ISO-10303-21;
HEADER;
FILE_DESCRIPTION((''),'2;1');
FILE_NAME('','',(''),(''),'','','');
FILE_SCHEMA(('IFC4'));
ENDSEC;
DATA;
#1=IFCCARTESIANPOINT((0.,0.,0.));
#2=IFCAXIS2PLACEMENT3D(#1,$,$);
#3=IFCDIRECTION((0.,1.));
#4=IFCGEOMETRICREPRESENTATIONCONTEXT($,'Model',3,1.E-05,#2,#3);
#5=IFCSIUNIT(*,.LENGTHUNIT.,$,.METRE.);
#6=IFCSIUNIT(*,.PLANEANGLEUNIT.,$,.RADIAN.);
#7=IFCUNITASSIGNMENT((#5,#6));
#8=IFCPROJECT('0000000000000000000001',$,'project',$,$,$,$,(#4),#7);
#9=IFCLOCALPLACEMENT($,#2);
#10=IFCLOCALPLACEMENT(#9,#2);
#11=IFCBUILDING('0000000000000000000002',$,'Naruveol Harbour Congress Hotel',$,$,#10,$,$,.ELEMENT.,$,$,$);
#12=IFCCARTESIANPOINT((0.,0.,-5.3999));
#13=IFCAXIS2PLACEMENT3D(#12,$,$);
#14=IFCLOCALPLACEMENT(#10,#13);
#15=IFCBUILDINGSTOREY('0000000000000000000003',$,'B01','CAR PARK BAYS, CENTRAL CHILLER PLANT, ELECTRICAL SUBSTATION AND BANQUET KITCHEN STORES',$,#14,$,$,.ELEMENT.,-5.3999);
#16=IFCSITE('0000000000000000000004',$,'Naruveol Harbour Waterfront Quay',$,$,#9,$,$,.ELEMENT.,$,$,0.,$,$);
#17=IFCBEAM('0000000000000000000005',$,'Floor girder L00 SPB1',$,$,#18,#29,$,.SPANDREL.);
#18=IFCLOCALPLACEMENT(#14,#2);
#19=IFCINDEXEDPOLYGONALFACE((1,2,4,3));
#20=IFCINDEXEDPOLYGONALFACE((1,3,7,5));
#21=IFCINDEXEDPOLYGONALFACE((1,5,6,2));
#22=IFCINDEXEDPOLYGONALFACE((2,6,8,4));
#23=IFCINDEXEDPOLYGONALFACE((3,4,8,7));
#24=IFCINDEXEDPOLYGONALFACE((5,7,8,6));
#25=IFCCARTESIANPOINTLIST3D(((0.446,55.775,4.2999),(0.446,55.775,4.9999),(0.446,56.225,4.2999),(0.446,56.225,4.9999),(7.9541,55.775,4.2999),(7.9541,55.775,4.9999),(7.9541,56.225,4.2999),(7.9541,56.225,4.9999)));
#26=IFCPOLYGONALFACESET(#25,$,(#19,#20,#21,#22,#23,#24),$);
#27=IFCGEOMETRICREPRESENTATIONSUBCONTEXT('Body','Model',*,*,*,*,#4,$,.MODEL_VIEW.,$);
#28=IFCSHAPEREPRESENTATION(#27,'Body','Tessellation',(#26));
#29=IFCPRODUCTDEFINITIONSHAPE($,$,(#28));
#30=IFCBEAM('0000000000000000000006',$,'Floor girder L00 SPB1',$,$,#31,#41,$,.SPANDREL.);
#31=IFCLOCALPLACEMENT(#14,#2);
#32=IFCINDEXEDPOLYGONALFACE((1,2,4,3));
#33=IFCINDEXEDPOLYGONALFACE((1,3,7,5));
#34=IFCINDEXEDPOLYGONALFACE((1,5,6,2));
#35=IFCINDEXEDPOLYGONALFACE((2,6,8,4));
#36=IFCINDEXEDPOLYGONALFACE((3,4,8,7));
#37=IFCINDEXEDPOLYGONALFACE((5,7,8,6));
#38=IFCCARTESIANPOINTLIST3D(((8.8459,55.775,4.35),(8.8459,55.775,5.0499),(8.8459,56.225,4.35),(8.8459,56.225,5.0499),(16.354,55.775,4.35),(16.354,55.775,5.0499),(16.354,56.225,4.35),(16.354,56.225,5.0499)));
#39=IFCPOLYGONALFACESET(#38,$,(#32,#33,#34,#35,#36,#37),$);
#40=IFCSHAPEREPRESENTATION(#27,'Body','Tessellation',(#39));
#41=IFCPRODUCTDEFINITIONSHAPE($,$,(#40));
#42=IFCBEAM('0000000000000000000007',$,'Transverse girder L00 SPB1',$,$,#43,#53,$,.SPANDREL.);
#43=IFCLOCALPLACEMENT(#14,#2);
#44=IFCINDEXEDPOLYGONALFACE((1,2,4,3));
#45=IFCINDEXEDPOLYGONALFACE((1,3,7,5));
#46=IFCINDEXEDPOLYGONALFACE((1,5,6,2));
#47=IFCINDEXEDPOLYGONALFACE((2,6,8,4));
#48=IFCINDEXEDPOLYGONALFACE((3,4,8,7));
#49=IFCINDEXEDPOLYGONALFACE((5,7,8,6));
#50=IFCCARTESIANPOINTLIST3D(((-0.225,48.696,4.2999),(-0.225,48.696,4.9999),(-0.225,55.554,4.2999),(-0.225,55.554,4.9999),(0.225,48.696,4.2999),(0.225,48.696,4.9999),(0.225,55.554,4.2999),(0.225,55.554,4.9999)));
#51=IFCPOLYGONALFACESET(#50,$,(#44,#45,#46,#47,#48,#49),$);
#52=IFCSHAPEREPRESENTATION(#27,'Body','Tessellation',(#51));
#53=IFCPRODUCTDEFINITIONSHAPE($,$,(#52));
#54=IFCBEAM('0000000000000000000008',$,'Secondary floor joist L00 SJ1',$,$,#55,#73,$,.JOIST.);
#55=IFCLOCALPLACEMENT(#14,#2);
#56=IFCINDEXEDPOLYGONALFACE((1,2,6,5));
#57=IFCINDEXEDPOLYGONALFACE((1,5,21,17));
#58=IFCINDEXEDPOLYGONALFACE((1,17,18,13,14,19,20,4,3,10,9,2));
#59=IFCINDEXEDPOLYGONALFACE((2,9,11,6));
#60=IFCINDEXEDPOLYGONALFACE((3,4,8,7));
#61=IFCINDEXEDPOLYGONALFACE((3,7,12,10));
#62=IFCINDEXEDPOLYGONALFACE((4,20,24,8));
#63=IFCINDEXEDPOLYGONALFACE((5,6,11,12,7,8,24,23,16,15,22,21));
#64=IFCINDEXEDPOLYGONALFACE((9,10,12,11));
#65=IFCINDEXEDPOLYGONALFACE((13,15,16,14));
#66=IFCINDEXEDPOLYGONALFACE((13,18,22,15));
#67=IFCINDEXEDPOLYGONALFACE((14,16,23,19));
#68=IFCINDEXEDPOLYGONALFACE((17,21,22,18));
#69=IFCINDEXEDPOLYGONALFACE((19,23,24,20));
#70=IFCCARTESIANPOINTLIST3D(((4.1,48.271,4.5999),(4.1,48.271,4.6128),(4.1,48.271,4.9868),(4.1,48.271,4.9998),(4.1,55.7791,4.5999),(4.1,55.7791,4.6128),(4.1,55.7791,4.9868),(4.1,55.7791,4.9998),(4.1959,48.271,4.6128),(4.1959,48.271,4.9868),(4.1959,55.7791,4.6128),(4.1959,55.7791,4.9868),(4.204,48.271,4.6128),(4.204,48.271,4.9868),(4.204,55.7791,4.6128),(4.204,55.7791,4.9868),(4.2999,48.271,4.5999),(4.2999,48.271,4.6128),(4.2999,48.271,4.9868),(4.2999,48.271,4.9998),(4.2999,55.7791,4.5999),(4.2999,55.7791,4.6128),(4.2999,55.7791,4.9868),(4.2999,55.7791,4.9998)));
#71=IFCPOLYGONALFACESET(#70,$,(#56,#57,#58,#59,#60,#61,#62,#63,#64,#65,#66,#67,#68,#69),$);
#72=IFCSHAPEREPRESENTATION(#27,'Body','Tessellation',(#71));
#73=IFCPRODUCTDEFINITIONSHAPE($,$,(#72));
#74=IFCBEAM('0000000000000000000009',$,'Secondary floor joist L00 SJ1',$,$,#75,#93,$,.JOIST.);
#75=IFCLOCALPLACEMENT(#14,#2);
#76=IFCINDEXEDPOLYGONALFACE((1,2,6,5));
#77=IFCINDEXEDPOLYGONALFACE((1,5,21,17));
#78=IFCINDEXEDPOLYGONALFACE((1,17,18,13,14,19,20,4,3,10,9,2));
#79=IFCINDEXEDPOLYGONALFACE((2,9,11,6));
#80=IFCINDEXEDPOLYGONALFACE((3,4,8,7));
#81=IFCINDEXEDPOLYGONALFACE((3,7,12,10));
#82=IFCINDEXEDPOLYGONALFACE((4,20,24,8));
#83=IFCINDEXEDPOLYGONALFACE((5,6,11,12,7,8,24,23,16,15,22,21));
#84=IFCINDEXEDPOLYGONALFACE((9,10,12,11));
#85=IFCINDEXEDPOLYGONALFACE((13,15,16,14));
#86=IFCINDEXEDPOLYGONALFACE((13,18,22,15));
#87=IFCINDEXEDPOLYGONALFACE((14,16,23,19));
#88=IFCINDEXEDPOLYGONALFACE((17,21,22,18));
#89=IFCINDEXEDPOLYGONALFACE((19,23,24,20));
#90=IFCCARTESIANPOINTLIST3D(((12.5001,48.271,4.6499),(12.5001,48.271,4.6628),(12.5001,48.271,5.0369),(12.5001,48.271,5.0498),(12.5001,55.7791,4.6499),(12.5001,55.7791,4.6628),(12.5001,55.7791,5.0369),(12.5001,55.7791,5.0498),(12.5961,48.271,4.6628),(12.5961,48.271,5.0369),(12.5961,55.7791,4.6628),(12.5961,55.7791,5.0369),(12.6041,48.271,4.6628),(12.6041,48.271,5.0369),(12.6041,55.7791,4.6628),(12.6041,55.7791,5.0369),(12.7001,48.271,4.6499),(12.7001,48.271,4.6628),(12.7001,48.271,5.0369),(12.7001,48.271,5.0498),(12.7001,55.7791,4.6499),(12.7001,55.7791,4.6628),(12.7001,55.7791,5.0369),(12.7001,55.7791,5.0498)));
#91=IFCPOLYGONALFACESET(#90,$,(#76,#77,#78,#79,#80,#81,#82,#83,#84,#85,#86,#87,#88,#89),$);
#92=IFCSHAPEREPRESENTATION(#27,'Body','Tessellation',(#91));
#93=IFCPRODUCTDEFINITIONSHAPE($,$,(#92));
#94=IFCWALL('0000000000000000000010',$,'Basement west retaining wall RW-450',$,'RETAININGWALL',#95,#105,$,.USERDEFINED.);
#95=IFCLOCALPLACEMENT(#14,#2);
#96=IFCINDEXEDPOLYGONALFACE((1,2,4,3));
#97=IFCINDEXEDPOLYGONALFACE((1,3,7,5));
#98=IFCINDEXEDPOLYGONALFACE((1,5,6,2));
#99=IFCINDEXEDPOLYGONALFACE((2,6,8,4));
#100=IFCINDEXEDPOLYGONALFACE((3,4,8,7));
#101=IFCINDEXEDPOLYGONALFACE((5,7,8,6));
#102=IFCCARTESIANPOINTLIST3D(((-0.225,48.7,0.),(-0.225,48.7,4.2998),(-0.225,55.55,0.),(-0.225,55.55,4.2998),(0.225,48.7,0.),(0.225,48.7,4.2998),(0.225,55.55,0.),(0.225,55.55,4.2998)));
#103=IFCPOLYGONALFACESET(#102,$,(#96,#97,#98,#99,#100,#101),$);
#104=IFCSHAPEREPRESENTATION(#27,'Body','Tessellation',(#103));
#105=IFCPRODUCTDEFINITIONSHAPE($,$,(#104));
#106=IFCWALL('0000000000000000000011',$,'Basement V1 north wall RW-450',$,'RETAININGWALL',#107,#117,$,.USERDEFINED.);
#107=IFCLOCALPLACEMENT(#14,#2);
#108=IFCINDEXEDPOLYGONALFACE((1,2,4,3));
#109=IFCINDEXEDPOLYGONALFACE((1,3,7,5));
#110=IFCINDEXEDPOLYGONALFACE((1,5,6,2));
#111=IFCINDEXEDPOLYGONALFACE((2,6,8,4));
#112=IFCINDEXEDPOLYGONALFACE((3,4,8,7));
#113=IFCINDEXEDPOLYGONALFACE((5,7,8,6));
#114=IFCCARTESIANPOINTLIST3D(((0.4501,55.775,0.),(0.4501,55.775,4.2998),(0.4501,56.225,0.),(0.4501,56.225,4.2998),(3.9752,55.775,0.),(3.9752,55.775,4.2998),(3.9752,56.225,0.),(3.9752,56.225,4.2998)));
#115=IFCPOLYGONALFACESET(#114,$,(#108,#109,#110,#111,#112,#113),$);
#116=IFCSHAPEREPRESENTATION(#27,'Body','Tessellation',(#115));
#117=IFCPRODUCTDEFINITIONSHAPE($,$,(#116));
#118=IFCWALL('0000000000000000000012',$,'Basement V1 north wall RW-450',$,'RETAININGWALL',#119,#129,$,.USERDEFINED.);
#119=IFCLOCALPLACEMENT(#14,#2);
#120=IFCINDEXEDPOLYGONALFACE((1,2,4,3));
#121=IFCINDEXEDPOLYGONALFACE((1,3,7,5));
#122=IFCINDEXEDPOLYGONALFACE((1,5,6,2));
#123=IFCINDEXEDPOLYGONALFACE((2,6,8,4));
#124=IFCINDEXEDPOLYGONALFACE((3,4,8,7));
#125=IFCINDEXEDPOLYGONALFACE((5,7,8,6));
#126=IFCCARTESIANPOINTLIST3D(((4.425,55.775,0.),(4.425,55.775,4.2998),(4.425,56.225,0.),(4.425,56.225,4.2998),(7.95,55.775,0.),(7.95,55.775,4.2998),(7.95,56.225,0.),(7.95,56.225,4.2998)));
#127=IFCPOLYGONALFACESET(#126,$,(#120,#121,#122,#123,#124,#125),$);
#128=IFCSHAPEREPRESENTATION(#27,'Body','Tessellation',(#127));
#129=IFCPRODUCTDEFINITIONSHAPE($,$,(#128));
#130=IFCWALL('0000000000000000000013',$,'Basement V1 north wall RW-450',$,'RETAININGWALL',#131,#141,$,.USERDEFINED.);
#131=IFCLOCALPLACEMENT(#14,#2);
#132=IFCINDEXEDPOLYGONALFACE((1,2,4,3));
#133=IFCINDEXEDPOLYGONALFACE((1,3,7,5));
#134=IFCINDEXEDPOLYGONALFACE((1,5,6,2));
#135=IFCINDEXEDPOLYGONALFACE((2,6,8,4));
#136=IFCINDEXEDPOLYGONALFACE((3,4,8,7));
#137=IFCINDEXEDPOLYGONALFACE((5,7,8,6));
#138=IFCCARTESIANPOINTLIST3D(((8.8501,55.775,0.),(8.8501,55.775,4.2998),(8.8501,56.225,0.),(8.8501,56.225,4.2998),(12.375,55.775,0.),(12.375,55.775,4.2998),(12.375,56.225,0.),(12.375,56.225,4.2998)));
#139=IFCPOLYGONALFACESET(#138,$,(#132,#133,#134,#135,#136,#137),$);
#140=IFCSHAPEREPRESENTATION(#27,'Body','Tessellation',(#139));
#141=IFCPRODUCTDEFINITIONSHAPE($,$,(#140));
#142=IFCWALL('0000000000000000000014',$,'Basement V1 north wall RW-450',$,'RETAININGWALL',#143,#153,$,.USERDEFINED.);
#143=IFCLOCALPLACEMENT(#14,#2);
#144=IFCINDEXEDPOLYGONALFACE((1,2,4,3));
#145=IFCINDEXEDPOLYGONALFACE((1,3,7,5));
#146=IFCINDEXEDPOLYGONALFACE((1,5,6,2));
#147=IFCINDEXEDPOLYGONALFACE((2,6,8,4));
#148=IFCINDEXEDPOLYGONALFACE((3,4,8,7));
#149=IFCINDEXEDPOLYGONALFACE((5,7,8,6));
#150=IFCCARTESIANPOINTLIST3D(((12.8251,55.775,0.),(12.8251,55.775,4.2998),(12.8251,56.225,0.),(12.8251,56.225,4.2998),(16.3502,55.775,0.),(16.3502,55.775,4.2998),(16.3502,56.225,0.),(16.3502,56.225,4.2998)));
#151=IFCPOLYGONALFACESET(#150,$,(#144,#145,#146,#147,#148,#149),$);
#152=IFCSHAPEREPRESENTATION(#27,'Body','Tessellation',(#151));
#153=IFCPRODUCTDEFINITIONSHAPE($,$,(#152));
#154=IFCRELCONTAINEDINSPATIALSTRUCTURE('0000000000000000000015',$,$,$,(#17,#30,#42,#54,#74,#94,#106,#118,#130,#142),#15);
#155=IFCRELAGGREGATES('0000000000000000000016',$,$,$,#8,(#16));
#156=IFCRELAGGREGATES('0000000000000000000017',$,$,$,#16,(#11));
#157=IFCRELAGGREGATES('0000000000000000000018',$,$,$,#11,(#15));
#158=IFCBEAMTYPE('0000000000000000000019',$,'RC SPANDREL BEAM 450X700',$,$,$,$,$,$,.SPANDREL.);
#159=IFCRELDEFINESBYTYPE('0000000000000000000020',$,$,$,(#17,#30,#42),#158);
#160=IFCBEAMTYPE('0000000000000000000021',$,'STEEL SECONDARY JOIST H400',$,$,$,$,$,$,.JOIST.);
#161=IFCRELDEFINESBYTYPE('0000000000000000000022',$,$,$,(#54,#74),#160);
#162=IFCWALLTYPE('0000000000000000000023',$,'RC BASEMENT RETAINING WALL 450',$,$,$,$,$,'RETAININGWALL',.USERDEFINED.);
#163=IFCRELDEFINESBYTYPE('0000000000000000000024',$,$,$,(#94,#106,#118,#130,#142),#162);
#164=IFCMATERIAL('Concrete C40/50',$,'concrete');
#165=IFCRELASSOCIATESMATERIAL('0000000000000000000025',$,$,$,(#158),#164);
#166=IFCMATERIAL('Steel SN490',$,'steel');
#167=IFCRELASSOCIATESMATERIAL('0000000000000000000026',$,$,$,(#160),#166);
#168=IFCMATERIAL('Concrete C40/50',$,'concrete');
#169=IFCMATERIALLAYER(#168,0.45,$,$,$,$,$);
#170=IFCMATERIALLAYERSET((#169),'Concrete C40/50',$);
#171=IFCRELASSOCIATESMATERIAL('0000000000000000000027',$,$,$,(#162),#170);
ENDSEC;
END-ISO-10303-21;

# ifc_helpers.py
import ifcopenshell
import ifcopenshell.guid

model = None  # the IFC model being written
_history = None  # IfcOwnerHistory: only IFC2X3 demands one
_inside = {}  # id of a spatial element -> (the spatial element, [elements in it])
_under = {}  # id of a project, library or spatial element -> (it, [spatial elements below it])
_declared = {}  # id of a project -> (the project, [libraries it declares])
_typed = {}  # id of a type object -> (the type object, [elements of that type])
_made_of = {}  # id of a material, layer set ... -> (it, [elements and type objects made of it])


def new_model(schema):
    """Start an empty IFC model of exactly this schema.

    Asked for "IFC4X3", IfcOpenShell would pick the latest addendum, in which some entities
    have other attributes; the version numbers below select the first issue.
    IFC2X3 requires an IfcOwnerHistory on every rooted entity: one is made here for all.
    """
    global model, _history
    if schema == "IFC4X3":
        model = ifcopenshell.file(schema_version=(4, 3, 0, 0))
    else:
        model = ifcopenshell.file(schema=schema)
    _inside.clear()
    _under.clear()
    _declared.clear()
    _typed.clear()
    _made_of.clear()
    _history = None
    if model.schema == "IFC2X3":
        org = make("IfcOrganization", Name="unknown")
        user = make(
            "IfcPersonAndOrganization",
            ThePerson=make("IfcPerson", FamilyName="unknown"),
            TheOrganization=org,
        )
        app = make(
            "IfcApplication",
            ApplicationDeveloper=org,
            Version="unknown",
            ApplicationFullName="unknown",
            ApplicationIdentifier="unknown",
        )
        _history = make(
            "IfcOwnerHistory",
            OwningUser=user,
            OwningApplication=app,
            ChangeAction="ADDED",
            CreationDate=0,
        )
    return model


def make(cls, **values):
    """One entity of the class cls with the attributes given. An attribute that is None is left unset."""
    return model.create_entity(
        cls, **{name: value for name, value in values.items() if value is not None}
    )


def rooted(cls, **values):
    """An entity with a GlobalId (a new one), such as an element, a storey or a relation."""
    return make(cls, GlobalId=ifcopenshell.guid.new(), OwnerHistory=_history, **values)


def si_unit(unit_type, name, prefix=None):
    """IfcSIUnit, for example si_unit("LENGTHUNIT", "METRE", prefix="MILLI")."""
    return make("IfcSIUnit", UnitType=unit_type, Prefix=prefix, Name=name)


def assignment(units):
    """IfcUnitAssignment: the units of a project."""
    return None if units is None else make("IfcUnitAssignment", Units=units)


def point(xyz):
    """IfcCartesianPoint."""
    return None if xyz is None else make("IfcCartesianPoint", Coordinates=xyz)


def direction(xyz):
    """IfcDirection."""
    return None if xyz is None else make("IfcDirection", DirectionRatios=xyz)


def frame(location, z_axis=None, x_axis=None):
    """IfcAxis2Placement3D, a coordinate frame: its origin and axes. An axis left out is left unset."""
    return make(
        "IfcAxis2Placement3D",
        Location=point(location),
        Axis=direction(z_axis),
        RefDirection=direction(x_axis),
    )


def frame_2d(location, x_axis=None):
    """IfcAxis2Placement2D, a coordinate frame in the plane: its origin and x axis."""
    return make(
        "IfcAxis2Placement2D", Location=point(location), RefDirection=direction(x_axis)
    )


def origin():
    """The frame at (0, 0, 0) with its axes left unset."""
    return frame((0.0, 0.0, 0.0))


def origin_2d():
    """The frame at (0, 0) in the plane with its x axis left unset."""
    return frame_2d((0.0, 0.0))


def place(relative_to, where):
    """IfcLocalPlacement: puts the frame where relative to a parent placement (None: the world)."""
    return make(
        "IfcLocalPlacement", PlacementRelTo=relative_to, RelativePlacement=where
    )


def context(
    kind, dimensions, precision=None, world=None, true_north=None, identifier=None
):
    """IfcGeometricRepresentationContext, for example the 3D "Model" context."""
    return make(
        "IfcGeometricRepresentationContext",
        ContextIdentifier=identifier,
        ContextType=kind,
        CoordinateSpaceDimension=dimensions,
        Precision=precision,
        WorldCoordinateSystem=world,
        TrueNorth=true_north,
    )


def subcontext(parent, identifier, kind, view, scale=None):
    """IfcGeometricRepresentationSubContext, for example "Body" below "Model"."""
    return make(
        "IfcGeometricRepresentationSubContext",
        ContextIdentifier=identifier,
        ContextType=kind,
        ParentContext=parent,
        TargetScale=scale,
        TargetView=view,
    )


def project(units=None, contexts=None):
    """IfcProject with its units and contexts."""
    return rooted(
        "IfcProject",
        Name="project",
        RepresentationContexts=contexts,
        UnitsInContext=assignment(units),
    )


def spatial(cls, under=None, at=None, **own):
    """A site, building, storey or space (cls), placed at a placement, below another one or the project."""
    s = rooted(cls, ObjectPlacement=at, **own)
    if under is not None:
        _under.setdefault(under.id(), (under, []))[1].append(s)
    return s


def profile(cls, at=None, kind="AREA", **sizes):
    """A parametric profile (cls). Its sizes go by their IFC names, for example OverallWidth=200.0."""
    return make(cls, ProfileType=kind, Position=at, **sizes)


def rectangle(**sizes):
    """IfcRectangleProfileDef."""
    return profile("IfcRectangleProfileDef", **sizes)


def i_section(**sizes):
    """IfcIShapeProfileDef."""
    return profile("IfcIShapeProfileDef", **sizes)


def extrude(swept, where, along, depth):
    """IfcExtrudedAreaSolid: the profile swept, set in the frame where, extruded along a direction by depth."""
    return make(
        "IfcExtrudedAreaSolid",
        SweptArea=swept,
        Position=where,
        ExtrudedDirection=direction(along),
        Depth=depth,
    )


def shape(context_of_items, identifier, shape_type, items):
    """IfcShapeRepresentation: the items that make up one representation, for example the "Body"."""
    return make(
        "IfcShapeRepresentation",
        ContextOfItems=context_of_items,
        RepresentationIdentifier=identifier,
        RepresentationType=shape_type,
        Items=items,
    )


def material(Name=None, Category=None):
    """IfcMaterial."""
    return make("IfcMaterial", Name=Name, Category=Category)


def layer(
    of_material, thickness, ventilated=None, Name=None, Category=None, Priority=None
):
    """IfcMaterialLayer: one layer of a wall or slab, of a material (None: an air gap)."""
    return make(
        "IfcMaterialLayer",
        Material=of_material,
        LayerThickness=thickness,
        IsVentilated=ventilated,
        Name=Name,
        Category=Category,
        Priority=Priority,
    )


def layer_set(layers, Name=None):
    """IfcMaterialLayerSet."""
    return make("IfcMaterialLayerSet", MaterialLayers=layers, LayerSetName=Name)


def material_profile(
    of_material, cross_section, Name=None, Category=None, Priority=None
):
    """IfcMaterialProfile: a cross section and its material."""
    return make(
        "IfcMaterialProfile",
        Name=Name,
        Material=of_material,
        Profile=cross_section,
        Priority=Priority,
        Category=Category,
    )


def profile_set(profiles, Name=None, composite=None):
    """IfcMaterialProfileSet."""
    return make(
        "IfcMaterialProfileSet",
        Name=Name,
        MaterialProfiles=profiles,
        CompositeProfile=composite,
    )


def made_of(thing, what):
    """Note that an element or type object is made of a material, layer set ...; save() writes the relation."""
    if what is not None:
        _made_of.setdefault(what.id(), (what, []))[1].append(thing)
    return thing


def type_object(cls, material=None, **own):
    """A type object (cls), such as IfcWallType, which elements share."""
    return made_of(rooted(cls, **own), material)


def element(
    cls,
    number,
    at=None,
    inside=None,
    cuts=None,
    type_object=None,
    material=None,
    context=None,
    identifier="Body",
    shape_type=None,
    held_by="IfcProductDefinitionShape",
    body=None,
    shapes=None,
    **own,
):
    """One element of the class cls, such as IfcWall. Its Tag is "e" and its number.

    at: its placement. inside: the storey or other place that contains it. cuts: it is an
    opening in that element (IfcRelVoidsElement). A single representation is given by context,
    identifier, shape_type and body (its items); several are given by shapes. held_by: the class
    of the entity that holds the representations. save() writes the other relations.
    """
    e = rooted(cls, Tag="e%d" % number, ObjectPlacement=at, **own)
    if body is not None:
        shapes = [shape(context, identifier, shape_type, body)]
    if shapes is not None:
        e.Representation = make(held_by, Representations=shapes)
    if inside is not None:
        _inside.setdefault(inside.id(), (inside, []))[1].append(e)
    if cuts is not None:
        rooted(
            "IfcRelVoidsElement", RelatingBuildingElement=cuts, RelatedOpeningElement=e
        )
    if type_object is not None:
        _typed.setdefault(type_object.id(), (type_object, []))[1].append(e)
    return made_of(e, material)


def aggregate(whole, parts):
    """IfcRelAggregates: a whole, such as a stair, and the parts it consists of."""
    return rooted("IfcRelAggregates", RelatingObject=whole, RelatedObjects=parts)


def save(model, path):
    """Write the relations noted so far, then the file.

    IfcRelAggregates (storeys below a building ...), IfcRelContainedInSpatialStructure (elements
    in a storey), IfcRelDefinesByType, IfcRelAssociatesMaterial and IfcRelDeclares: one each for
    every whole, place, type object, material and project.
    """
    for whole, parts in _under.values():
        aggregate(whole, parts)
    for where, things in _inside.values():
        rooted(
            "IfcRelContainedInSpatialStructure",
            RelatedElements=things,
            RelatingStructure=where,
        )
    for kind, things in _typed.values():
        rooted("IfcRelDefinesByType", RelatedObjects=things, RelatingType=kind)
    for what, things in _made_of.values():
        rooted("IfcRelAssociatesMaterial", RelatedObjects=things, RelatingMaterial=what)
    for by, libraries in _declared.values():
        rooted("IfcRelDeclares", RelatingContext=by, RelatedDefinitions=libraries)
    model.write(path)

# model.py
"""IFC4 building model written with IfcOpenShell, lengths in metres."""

from ifc_helpers import new_model, si_unit, direction, frame, frame_2d, origin, origin_2d, place, context, subcontext, project, spatial, rectangle, i_section, extrude, material, layer, layer_set, material_profile, profile_set, type_object, element, save


model = new_model("IFC4")

# Units and contexts
model_context = context("Model", 3, precision=1e-05, world=origin(), true_north=direction((0.0, 1.0)))
body_context = subcontext(model_context, "Body", "Model", "MODEL_VIEW")
ifc_project = project(units=[si_unit("LENGTHUNIT", "METRE"), si_unit("PLANEANGLEUNIT", "RADIAN")], contexts=[model_context])

# Site, building, storey
site_placement = place(None, origin())
site = spatial("IfcSite", under=ifc_project, at=site_placement, Name="Naruveol Harbour Waterfront Quay", CompositionType="ELEMENT", RefElevation=0.0)
building_placement = place(site_placement, origin())
building = spatial("IfcBuilding", under=site, at=building_placement, Name="Naruveol Harbour Congress Hotel", CompositionType="ELEMENT")
storey_placement = place(building_placement, frame((0.0, 0.0, -5.3999)))
storey = spatial("IfcBuildingStorey", under=building, at=storey_placement, Name="B01", Description="CAR PARK BAYS, CENTRAL CHILLER PLANT, ELECTRICAL SUBSTATION AND BANQUET KITCHEN STORES", CompositionType="ELEMENT", Elevation=-5.3999)

# Beams
ifc_material_1 = material(Name="Concrete C40/50", Category="concrete")
ifc_material_profile_1 = material_profile(ifc_material_1, rectangle(XDim=0.45, YDim=0.7, at=origin_2d()), Name="RCB-450x700")
ifc_profile_set_1 = profile_set([ifc_material_profile_1], Name="Concrete C40/50")
beam_type_1 = type_object("IfcBeamType", Name="RC SPANDREL BEAM 450X700", PredefinedType="SPANDREL", material=ifc_profile_set_1)
for number, where, z_axis, x_axis, name in (
    (1, (0.446, 56.0, 4.6499), (1.0, 0.0, 0.0), (0.0, 1.0, 0.0), "Floor girder L00 SPB1"),
    (2, (8.8459, 56.0, 4.7), (1.0, 0.0, 0.0), (0.0, 1.0, 0.0), "Floor girder L00 SPB1"),
):
    element("IfcBeam", number, at=place(storey_placement, frame(where, z_axis=z_axis, x_axis=x_axis)), inside=storey, type_object=beam_type_1, Name=name, PredefinedType="SPANDREL", context=body_context, shape_type="SweptSolid", body=[
        extrude(rectangle(XDim=0.45, YDim=0.7, at=origin_2d()), origin(), (0.0, 0.0, 1.0), 7.5081),
    ])
beam_placement = place(storey_placement, frame((0.0, 48.696, 4.6499), z_axis=(0.0, 1.0, 0.0), x_axis=(-1.0, 0.0, 0.0)))
element("IfcBeam", 3, at=beam_placement, inside=storey, type_object=beam_type_1, Name="Transverse girder L00 SPB1", PredefinedType="SPANDREL", context=body_context, shape_type="SweptSolid", body=[
    extrude(rectangle(XDim=0.45, YDim=0.7, at=origin_2d()), origin(), (0.0, 0.0, 1.0), 6.8579),
])
ifc_material_2 = material(Name="Steel SN490", Category="steel")
ifc_material_profile_2 = material_profile(ifc_material_2, i_section(OverallWidth=0.2, OverallDepth=0.3999, WebThickness=0.0081, FlangeThickness=0.0129, at=origin_2d()), Name="H-400x200x8x13")
ifc_profile_set_2 = profile_set([ifc_material_profile_2], Name="Steel SN490")
beam_type_2 = type_object("IfcBeamType", Name="STEEL SECONDARY JOIST H400", PredefinedType="JOIST", material=ifc_profile_set_2)
for number, where, z_axis, x_axis, name in (
    (4, (4.2, 48.271, 4.7998), (0.0, 1.0, 0.0), (-1.0, 0.0, 0.0), "Secondary floor joist L00 SJ1"),
    (5, (12.6001, 48.271, 4.8499), (0.0, 1.0, 0.0), (-1.0, 0.0, 0.0), "Secondary floor joist L00 SJ1"),
):
    element("IfcBeam", number, at=place(storey_placement, frame(where, z_axis=z_axis, x_axis=x_axis)), inside=storey, type_object=beam_type_2, Name=name, PredefinedType="JOIST", context=body_context, shape_type="SweptSolid", body=[
        extrude(i_section(OverallWidth=0.2, OverallDepth=0.3999, WebThickness=0.0081, FlangeThickness=0.0129, at=origin_2d()), origin(), (0.0, 0.0, 1.0), 7.5081),
    ])

# Walls
ifc_material_3 = material(Name="Concrete C40/50", Category="concrete")
ifc_layer = layer(ifc_material_3, 0.45)
ifc_layer_set = layer_set([ifc_layer], Name="Concrete C40/50")
wall_type = type_object("IfcWallType", Name="RC BASEMENT RETAINING WALL 450", ElementType="RETAININGWALL", PredefinedType="USERDEFINED", material=ifc_layer_set)
wall_1_placement = place(storey_placement, frame((0.0, 48.7, 0.0), z_axis=(0.0, 0.0, 1.0), x_axis=(0.0, 1.0, 0.0)))
element("IfcWall", 6, at=wall_1_placement, inside=storey, type_object=wall_type, Name="Basement west retaining wall RW-450", ObjectType="RETAININGWALL", PredefinedType="USERDEFINED", context=body_context, shape_type="SweptSolid", body=[
    extrude(rectangle(XDim=6.8501, YDim=0.45, at=frame_2d((3.425, 0.0))), origin(), (0.0, 0.0, 1.0), 4.2998),
])
wall_2_placement = place(storey_placement, frame((0.45, 56.0, 0.0), z_axis=(0.0, 0.0, 1.0), x_axis=(1.0, 0.0, 0.0)))
element("IfcWall", 7, at=wall_2_placement, inside=storey, type_object=wall_type, Name="Basement V1 north wall RW-450", ObjectType="RETAININGWALL", PredefinedType="USERDEFINED", context=body_context, shape_type="SweptSolid", body=[
    extrude(rectangle(XDim=3.5251, YDim=0.45, at=frame_2d((1.7627, 0.0))), origin(), (0.0, 0.0, 1.0), 4.2998),
])
for number, where, z_axis, x_axis, name in (
    (8, (4.425, 56.0, 0.0), (0.0, 0.0, 1.0), (1.0, 0.0, 0.0), "Basement V1 north wall RW-450"),
    (9, (8.8501, 56.0, 0.0), (0.0, 0.0, 1.0), (1.0, 0.0, 0.0), "Basement V1 north wall RW-450"),
):
    element("IfcWall", number, at=place(storey_placement, frame(where, z_axis=z_axis, x_axis=x_axis)), inside=storey, type_object=wall_type, Name=name, ObjectType="RETAININGWALL", PredefinedType="USERDEFINED", context=body_context, shape_type="SweptSolid", body=[
        extrude(rectangle(XDim=3.5249, YDim=0.45, at=frame_2d((1.7625, 0.0))), origin(), (0.0, 0.0, 1.0), 4.2998),
    ])
wall_3_placement = place(storey_placement, frame((12.825, 56.0, 0.0), z_axis=(0.0, 0.0, 1.0), x_axis=(1.0, 0.0, 0.0)))
element("IfcWall", 10, at=wall_3_placement, inside=storey, type_object=wall_type, Name="Basement V1 north wall RW-450", ObjectType="RETAININGWALL", PredefinedType="USERDEFINED", context=body_context, shape_type="SweptSolid", body=[
    extrude(rectangle(XDim=3.5251, YDim=0.45, at=frame_2d((1.7627, 0.0))), origin(), (0.0, 0.0, 1.0), 4.2998),
])

save(model, "model.ifc")
